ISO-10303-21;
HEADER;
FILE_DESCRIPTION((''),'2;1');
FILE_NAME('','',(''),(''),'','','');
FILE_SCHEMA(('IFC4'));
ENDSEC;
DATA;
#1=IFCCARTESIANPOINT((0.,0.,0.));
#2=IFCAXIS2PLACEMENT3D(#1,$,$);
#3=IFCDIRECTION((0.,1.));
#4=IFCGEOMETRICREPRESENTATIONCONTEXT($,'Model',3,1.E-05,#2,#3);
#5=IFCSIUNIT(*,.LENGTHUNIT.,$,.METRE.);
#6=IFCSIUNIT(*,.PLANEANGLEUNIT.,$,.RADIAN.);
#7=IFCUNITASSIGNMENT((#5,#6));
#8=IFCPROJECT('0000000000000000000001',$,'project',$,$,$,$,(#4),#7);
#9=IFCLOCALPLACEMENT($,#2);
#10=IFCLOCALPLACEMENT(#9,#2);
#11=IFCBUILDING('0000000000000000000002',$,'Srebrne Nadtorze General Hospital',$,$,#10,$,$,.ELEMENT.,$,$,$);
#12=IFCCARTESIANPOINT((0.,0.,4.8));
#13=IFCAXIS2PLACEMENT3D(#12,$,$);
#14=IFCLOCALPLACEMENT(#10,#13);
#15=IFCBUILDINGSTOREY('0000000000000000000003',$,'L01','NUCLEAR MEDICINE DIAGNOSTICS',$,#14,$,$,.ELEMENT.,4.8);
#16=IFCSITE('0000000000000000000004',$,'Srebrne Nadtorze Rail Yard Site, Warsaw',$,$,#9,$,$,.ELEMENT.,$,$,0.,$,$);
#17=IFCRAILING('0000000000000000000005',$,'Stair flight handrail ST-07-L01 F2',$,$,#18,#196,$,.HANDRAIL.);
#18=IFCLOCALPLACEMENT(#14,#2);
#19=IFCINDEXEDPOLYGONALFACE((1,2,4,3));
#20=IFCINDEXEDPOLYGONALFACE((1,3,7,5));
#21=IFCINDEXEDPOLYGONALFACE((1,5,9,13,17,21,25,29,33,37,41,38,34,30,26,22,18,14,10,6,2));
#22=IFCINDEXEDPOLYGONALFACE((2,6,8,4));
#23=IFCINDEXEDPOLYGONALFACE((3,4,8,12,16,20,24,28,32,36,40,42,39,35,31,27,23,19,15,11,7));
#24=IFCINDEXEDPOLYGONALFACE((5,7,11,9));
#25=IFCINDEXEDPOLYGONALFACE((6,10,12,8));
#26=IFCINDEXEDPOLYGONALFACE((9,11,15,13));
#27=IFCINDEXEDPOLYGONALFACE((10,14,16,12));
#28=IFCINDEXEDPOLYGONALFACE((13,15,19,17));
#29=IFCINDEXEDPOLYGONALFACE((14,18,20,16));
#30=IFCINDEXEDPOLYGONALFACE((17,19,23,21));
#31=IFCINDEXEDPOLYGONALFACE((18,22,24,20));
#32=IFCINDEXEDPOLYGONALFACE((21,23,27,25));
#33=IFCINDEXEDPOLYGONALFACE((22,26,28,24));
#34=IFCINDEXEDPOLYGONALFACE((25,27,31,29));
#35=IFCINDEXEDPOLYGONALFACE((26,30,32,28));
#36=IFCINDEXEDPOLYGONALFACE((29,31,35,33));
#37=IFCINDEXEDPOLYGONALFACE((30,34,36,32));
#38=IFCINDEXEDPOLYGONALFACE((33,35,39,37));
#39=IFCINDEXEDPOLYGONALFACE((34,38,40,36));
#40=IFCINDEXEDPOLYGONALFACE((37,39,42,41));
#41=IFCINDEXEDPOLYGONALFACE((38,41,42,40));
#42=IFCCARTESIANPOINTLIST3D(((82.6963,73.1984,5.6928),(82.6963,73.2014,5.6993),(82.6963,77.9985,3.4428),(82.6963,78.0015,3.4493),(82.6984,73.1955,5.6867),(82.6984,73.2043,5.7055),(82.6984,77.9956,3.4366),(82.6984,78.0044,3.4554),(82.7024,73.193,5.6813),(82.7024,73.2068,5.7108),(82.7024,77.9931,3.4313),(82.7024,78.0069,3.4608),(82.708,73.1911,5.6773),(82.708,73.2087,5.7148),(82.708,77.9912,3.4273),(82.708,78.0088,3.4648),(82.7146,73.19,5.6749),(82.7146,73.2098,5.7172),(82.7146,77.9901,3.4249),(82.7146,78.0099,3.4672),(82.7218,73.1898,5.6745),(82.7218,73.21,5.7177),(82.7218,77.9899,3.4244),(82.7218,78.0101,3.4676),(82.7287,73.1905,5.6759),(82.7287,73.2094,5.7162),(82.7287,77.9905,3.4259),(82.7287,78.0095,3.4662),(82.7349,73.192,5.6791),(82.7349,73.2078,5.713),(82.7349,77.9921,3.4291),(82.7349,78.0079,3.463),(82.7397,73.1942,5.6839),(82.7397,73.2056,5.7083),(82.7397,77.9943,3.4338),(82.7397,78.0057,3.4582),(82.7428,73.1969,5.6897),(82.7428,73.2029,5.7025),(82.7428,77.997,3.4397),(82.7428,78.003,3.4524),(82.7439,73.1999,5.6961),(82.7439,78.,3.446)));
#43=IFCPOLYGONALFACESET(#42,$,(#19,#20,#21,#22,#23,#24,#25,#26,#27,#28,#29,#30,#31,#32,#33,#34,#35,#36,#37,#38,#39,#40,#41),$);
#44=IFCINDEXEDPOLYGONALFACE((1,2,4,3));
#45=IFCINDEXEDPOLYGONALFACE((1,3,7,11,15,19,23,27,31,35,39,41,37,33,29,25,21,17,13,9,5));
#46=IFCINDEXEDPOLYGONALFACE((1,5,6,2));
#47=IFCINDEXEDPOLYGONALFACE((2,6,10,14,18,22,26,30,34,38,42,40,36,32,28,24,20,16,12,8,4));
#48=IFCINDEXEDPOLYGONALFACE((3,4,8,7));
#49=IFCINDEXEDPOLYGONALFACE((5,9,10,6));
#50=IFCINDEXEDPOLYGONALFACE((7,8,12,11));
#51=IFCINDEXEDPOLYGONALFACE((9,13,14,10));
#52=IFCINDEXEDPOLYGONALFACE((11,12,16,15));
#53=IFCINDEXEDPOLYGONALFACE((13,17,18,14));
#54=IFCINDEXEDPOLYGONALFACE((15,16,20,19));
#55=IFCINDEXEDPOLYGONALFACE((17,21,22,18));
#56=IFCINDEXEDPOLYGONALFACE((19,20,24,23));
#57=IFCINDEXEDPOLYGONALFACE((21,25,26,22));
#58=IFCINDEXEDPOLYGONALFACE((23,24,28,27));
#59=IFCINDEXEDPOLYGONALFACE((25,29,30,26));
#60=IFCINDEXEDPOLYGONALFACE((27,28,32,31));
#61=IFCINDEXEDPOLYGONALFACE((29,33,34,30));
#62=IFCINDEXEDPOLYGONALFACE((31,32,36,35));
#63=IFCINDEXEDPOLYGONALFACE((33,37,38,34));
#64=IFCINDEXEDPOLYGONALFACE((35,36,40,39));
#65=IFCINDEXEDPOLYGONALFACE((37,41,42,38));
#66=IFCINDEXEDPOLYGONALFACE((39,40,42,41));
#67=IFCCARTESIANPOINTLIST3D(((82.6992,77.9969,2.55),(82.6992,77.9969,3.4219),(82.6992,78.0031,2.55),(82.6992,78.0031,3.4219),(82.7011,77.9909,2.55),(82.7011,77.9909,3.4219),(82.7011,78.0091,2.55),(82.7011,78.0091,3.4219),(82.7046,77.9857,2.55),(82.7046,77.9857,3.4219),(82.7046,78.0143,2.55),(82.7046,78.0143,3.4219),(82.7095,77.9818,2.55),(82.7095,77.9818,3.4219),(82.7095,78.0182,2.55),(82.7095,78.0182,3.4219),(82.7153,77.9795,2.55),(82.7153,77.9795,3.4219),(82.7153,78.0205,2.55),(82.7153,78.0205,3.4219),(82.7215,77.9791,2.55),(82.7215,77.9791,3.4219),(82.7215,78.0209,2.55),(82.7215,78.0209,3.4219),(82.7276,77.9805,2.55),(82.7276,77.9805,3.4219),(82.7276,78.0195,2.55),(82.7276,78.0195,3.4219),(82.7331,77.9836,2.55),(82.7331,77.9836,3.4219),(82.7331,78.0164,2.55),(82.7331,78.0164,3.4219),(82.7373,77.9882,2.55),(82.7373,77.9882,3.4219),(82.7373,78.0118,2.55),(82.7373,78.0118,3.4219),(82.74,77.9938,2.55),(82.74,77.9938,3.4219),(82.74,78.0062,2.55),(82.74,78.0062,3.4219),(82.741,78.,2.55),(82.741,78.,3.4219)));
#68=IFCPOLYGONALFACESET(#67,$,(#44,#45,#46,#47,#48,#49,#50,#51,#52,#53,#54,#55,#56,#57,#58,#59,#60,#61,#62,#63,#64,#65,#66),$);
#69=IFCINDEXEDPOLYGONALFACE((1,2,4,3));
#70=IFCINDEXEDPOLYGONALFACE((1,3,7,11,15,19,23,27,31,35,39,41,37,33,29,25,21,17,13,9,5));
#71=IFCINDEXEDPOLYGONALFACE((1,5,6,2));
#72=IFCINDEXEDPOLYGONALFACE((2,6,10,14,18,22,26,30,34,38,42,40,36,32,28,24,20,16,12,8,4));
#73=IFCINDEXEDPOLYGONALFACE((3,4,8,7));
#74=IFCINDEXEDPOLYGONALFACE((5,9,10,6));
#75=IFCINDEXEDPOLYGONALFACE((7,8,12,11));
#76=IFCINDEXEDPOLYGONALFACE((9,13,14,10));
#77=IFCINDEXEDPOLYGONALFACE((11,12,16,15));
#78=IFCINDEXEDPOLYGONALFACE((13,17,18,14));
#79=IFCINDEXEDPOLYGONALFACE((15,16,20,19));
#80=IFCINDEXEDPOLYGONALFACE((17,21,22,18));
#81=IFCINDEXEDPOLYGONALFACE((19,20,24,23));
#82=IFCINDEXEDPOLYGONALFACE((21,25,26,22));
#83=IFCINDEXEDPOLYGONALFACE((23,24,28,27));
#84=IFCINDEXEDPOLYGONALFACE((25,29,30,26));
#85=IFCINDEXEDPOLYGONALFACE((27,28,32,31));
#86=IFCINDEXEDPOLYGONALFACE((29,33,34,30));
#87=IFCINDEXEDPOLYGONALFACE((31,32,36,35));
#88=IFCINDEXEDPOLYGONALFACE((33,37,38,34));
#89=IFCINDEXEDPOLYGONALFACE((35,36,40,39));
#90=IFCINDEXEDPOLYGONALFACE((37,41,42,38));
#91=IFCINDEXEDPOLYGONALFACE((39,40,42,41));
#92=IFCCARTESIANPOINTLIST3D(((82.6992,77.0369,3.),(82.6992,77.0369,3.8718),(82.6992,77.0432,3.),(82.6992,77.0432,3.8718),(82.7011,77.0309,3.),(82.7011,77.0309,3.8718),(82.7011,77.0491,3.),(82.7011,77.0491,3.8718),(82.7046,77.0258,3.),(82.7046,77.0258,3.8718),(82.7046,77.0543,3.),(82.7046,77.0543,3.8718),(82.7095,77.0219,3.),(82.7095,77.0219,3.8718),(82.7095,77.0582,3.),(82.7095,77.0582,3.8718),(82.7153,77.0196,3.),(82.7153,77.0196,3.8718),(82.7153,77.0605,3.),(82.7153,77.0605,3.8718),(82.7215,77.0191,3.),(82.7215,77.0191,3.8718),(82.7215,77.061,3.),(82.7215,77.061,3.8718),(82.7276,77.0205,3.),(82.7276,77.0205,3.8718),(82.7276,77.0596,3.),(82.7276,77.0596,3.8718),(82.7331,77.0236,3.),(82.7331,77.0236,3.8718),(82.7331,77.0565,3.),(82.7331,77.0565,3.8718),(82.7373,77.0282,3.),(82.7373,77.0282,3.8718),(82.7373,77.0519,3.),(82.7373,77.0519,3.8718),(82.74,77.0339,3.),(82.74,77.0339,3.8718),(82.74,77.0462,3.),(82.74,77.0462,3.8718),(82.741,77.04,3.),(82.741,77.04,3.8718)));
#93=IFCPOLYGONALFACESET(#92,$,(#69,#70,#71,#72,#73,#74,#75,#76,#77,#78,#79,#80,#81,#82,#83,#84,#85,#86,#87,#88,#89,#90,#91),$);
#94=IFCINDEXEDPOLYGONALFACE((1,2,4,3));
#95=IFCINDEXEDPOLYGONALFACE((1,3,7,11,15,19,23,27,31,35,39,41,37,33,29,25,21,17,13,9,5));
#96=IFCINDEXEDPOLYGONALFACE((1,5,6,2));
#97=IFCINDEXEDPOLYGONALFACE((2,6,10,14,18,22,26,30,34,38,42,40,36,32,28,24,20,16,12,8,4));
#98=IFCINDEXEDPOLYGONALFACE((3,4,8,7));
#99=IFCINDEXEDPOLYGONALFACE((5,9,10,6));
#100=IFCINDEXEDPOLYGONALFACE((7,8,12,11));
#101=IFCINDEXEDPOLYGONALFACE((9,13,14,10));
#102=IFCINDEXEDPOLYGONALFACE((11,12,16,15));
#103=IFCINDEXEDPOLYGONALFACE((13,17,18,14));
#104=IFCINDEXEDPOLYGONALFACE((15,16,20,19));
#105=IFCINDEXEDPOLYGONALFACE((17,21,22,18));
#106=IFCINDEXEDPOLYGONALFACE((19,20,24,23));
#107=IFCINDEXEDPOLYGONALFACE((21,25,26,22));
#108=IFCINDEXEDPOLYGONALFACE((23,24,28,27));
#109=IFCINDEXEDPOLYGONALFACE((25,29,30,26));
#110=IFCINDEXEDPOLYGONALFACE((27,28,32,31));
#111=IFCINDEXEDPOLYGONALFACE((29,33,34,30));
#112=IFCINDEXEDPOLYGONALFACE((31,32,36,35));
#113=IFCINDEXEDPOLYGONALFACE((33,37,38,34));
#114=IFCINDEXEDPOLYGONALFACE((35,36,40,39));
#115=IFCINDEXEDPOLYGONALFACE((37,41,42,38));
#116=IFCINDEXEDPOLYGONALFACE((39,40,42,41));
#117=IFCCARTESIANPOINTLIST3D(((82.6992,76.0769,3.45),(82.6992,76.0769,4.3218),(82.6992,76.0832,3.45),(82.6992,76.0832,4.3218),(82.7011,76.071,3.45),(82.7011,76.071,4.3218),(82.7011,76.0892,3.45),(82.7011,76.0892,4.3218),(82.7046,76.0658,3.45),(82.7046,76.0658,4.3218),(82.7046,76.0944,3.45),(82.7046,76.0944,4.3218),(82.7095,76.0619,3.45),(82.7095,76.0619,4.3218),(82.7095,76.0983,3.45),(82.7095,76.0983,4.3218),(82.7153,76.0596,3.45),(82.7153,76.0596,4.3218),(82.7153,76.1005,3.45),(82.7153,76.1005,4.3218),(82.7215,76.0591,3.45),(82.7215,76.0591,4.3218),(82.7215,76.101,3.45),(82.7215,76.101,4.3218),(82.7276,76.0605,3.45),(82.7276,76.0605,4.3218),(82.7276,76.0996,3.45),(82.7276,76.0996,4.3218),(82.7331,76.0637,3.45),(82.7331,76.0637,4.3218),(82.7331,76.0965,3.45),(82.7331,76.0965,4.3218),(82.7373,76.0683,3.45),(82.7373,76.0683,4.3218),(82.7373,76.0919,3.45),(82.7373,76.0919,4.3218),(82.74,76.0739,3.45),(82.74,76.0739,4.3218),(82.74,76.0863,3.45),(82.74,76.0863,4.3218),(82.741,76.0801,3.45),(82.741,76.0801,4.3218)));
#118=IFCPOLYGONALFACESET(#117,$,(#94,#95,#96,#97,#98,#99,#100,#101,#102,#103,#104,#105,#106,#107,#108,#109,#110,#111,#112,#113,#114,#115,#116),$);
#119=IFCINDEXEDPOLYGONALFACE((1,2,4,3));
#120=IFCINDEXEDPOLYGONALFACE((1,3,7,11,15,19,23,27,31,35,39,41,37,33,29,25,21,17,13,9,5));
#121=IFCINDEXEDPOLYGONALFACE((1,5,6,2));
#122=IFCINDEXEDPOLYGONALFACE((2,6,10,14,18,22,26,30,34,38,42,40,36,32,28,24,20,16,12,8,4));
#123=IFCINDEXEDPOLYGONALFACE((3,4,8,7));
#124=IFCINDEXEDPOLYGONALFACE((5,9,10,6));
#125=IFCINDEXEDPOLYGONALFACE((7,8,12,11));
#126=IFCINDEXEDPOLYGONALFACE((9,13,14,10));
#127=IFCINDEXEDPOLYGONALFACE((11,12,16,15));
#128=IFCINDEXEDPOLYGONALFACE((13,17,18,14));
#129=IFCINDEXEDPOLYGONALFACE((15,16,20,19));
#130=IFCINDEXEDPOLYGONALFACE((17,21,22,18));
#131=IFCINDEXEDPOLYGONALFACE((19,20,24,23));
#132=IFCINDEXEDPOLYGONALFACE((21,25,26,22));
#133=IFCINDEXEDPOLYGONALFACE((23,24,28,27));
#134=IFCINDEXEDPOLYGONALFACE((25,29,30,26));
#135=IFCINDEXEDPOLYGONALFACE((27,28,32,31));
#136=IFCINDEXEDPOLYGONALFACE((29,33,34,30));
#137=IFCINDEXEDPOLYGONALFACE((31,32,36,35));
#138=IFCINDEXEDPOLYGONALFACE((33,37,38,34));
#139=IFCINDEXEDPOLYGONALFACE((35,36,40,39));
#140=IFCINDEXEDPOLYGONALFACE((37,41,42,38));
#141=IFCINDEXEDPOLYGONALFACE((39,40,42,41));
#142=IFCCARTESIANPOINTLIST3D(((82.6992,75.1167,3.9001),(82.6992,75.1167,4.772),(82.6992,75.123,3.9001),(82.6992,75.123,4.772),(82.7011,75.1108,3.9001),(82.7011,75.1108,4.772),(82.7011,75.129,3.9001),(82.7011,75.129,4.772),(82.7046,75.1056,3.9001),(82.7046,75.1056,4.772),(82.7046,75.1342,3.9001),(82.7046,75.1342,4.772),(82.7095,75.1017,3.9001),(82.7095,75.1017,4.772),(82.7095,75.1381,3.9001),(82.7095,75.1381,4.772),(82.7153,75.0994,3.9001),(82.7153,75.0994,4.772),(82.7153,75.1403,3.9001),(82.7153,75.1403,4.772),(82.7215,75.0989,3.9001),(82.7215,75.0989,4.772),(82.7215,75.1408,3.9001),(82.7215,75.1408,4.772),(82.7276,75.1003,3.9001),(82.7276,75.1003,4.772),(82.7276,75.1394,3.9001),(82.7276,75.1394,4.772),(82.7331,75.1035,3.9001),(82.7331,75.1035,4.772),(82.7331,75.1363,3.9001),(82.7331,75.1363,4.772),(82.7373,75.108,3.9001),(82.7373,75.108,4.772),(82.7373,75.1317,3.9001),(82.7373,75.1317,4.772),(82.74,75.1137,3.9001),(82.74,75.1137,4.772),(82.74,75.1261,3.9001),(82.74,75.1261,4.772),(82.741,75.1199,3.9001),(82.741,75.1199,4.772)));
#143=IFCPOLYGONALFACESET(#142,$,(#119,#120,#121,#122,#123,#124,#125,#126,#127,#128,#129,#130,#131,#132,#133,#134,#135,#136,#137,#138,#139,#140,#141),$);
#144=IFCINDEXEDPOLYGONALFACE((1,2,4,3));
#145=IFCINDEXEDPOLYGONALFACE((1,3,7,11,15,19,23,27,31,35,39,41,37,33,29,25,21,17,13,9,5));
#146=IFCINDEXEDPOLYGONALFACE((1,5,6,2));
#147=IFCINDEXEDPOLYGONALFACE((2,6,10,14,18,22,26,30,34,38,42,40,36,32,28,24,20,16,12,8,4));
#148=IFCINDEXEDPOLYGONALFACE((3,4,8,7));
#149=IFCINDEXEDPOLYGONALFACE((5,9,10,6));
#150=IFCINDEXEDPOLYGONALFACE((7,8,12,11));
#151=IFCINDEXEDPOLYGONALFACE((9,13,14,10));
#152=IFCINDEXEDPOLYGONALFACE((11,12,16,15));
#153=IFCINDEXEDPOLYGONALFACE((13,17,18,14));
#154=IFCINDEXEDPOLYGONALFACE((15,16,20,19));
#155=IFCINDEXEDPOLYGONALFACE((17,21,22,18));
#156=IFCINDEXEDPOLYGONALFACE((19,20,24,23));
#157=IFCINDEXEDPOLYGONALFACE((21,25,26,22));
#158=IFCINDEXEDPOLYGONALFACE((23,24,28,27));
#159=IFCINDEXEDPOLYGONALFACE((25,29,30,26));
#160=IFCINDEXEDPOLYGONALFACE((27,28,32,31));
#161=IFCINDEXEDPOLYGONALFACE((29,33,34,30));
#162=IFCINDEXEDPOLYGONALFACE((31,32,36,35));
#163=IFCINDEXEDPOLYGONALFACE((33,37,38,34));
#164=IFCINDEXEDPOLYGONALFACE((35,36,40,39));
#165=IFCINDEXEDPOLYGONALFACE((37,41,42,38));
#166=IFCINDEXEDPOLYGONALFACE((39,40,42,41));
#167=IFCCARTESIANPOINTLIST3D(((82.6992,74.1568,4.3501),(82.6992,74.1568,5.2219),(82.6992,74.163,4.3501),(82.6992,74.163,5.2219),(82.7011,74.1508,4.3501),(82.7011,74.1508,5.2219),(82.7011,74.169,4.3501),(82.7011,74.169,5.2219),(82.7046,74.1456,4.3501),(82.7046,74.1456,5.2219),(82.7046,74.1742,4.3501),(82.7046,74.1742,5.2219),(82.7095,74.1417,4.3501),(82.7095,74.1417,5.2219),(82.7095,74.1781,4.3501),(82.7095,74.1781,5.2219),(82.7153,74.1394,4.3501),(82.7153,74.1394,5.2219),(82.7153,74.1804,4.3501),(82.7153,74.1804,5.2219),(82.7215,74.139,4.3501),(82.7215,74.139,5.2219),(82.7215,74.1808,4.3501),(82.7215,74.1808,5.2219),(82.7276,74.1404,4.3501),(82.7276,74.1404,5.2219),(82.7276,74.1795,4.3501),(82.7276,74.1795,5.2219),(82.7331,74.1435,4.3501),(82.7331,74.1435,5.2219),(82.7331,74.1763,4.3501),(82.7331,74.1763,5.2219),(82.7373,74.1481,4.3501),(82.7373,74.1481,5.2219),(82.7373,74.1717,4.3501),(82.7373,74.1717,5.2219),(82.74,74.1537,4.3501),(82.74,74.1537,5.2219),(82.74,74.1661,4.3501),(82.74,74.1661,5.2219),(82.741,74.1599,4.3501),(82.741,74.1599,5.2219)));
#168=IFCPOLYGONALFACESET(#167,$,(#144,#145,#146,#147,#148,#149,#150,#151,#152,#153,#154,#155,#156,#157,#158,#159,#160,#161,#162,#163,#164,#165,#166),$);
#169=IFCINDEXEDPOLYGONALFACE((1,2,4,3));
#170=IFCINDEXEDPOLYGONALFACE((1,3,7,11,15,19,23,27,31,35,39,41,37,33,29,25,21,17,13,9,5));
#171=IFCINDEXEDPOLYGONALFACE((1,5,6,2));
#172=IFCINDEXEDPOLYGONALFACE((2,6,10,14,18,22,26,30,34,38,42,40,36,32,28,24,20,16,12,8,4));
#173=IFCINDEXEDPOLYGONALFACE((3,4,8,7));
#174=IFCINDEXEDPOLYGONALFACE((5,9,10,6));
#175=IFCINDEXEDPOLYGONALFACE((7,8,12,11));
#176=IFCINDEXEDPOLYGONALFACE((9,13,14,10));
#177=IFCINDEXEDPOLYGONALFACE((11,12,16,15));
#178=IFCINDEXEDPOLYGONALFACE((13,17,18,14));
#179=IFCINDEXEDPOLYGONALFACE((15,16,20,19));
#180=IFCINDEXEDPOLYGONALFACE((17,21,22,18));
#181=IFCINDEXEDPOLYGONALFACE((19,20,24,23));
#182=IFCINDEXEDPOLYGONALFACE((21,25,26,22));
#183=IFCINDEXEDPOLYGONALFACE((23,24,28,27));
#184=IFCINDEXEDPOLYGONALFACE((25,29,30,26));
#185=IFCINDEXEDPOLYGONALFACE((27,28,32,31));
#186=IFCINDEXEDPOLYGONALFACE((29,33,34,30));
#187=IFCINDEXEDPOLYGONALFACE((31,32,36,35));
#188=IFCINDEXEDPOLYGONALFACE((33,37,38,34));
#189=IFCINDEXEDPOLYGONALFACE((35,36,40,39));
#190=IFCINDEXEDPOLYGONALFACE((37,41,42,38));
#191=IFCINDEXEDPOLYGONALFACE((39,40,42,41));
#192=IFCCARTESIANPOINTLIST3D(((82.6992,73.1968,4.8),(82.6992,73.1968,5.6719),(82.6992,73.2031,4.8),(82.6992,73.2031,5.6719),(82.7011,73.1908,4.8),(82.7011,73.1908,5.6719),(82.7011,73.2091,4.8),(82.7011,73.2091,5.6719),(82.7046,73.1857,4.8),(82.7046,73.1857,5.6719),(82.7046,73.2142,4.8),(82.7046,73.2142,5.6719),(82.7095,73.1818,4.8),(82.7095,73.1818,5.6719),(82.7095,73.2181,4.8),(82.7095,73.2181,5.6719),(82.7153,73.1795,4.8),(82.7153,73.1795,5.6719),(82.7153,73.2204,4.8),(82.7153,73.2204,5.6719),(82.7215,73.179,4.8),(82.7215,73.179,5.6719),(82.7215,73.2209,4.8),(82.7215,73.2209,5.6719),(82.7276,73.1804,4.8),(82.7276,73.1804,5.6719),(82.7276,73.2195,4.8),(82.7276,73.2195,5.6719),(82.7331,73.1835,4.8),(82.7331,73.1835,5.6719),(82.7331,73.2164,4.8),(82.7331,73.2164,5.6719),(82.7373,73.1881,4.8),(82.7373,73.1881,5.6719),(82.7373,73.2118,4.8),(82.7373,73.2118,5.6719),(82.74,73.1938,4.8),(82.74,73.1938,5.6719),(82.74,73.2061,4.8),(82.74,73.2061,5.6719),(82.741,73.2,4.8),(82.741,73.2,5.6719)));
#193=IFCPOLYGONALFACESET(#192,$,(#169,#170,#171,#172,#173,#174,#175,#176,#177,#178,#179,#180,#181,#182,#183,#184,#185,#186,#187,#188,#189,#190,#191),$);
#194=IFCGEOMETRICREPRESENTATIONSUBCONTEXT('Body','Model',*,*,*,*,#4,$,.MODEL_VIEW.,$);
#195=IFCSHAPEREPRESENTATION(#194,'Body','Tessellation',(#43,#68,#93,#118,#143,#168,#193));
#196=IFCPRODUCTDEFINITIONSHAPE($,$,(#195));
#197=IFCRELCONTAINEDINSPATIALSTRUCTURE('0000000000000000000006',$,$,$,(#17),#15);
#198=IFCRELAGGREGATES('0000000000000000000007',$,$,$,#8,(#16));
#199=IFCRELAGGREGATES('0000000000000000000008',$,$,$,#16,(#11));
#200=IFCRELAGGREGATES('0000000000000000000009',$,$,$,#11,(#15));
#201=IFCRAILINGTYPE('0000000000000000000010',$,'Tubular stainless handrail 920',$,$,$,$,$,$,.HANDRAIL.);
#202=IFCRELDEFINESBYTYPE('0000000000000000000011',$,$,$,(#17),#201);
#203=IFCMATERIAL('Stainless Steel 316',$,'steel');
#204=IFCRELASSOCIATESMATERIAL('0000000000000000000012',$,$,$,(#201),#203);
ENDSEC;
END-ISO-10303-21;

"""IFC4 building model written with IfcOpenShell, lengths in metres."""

from ifc_helpers import new_model, si_unit, direction, frame, origin, origin_2d, place, context, subcontext, project, spatial, circle, extrude, material, type_object, element, save


model = new_model("IFC4")

# Units and contexts
model_context = context("Model", 3, precision=1e-05, world=origin(), true_north=direction((0.0, 1.0)))
body_context = subcontext(model_context, "Body", "Model", "MODEL_VIEW")
ifc_project = project(units=[si_unit("LENGTHUNIT", "METRE"), si_unit("PLANEANGLEUNIT", "RADIAN")], contexts=[model_context])

# Site, building, storey
site_placement = place(None, origin())
site = spatial("IfcSite", under=ifc_project, at=site_placement, Name="Srebrne Nadtorze Rail Yard Site, Warsaw", CompositionType="ELEMENT", RefElevation=0.0)
building_placement = place(site_placement, origin())
building = spatial("IfcBuilding", under=site, at=building_placement, Name="Srebrne Nadtorze General Hospital", CompositionType="ELEMENT")
storey_placement = place(building_placement, frame((0.0, 0.0, 4.8)))
storey = spatial("IfcBuildingStorey", under=building, at=storey_placement, Name="L01", Description="NUCLEAR MEDICINE DIAGNOSTICS", CompositionType="ELEMENT", Elevation=4.8)

# Railing
ifc_material_1 = material(Name="Stainless Steel 316", Category="steel")
railing_type_1 = type_object("IfcRailingType", Name="Tubular stainless handrail 920", PredefinedType="HANDRAIL", material=ifc_material_1)
railing_1_placement = place(storey_placement, frame((82.72, 78.0, 2.55)))
element("IfcRailing", 1, at=railing_1_placement, inside=storey, type_object=railing_type_1, Name="Stair flight handrail ST-07-L01 F2", PredefinedType="HANDRAIL", context=body_context, shape_type="SweptSolid", body=[
    extrude(circle(Radius=0.0239, at=origin_2d()), frame((0.0, 0.0, 0.896), z_axis=(0.0, -0.905461, 0.42443), x_axis=(1.0, 0.0, 0.0)), (0.0, 0.0, 1.0), 5.3013),
    extrude(circle(Radius=0.021, at=origin_2d()), origin(), (0.0, 0.0, 1.0), 0.8718),
    extrude(circle(Radius=0.021, at=origin_2d()), frame((0.0, -0.96, 0.45)), (0.0, 0.0, 1.0), 0.8718),
    extrude(circle(Radius=0.021, at=origin_2d()), frame((0.0, -1.9199, 0.8999)), (0.0, 0.0, 1.0), 0.8718),
    extrude(circle(Radius=0.021, at=origin_2d()), frame((0.0, -2.8801, 1.3501)), (0.0, 0.0, 1.0), 0.8718),
    extrude(circle(Radius=0.021, at=origin_2d()), frame((0.0, -3.8401, 1.8)), (0.0, 0.0, 1.0), 0.8718),
    extrude(circle(Radius=0.021, at=origin_2d()), frame((0.0, -4.8, 2.25)), (0.0, 0.0, 1.0), 0.8718),
])

save(model, "model.ifc")
